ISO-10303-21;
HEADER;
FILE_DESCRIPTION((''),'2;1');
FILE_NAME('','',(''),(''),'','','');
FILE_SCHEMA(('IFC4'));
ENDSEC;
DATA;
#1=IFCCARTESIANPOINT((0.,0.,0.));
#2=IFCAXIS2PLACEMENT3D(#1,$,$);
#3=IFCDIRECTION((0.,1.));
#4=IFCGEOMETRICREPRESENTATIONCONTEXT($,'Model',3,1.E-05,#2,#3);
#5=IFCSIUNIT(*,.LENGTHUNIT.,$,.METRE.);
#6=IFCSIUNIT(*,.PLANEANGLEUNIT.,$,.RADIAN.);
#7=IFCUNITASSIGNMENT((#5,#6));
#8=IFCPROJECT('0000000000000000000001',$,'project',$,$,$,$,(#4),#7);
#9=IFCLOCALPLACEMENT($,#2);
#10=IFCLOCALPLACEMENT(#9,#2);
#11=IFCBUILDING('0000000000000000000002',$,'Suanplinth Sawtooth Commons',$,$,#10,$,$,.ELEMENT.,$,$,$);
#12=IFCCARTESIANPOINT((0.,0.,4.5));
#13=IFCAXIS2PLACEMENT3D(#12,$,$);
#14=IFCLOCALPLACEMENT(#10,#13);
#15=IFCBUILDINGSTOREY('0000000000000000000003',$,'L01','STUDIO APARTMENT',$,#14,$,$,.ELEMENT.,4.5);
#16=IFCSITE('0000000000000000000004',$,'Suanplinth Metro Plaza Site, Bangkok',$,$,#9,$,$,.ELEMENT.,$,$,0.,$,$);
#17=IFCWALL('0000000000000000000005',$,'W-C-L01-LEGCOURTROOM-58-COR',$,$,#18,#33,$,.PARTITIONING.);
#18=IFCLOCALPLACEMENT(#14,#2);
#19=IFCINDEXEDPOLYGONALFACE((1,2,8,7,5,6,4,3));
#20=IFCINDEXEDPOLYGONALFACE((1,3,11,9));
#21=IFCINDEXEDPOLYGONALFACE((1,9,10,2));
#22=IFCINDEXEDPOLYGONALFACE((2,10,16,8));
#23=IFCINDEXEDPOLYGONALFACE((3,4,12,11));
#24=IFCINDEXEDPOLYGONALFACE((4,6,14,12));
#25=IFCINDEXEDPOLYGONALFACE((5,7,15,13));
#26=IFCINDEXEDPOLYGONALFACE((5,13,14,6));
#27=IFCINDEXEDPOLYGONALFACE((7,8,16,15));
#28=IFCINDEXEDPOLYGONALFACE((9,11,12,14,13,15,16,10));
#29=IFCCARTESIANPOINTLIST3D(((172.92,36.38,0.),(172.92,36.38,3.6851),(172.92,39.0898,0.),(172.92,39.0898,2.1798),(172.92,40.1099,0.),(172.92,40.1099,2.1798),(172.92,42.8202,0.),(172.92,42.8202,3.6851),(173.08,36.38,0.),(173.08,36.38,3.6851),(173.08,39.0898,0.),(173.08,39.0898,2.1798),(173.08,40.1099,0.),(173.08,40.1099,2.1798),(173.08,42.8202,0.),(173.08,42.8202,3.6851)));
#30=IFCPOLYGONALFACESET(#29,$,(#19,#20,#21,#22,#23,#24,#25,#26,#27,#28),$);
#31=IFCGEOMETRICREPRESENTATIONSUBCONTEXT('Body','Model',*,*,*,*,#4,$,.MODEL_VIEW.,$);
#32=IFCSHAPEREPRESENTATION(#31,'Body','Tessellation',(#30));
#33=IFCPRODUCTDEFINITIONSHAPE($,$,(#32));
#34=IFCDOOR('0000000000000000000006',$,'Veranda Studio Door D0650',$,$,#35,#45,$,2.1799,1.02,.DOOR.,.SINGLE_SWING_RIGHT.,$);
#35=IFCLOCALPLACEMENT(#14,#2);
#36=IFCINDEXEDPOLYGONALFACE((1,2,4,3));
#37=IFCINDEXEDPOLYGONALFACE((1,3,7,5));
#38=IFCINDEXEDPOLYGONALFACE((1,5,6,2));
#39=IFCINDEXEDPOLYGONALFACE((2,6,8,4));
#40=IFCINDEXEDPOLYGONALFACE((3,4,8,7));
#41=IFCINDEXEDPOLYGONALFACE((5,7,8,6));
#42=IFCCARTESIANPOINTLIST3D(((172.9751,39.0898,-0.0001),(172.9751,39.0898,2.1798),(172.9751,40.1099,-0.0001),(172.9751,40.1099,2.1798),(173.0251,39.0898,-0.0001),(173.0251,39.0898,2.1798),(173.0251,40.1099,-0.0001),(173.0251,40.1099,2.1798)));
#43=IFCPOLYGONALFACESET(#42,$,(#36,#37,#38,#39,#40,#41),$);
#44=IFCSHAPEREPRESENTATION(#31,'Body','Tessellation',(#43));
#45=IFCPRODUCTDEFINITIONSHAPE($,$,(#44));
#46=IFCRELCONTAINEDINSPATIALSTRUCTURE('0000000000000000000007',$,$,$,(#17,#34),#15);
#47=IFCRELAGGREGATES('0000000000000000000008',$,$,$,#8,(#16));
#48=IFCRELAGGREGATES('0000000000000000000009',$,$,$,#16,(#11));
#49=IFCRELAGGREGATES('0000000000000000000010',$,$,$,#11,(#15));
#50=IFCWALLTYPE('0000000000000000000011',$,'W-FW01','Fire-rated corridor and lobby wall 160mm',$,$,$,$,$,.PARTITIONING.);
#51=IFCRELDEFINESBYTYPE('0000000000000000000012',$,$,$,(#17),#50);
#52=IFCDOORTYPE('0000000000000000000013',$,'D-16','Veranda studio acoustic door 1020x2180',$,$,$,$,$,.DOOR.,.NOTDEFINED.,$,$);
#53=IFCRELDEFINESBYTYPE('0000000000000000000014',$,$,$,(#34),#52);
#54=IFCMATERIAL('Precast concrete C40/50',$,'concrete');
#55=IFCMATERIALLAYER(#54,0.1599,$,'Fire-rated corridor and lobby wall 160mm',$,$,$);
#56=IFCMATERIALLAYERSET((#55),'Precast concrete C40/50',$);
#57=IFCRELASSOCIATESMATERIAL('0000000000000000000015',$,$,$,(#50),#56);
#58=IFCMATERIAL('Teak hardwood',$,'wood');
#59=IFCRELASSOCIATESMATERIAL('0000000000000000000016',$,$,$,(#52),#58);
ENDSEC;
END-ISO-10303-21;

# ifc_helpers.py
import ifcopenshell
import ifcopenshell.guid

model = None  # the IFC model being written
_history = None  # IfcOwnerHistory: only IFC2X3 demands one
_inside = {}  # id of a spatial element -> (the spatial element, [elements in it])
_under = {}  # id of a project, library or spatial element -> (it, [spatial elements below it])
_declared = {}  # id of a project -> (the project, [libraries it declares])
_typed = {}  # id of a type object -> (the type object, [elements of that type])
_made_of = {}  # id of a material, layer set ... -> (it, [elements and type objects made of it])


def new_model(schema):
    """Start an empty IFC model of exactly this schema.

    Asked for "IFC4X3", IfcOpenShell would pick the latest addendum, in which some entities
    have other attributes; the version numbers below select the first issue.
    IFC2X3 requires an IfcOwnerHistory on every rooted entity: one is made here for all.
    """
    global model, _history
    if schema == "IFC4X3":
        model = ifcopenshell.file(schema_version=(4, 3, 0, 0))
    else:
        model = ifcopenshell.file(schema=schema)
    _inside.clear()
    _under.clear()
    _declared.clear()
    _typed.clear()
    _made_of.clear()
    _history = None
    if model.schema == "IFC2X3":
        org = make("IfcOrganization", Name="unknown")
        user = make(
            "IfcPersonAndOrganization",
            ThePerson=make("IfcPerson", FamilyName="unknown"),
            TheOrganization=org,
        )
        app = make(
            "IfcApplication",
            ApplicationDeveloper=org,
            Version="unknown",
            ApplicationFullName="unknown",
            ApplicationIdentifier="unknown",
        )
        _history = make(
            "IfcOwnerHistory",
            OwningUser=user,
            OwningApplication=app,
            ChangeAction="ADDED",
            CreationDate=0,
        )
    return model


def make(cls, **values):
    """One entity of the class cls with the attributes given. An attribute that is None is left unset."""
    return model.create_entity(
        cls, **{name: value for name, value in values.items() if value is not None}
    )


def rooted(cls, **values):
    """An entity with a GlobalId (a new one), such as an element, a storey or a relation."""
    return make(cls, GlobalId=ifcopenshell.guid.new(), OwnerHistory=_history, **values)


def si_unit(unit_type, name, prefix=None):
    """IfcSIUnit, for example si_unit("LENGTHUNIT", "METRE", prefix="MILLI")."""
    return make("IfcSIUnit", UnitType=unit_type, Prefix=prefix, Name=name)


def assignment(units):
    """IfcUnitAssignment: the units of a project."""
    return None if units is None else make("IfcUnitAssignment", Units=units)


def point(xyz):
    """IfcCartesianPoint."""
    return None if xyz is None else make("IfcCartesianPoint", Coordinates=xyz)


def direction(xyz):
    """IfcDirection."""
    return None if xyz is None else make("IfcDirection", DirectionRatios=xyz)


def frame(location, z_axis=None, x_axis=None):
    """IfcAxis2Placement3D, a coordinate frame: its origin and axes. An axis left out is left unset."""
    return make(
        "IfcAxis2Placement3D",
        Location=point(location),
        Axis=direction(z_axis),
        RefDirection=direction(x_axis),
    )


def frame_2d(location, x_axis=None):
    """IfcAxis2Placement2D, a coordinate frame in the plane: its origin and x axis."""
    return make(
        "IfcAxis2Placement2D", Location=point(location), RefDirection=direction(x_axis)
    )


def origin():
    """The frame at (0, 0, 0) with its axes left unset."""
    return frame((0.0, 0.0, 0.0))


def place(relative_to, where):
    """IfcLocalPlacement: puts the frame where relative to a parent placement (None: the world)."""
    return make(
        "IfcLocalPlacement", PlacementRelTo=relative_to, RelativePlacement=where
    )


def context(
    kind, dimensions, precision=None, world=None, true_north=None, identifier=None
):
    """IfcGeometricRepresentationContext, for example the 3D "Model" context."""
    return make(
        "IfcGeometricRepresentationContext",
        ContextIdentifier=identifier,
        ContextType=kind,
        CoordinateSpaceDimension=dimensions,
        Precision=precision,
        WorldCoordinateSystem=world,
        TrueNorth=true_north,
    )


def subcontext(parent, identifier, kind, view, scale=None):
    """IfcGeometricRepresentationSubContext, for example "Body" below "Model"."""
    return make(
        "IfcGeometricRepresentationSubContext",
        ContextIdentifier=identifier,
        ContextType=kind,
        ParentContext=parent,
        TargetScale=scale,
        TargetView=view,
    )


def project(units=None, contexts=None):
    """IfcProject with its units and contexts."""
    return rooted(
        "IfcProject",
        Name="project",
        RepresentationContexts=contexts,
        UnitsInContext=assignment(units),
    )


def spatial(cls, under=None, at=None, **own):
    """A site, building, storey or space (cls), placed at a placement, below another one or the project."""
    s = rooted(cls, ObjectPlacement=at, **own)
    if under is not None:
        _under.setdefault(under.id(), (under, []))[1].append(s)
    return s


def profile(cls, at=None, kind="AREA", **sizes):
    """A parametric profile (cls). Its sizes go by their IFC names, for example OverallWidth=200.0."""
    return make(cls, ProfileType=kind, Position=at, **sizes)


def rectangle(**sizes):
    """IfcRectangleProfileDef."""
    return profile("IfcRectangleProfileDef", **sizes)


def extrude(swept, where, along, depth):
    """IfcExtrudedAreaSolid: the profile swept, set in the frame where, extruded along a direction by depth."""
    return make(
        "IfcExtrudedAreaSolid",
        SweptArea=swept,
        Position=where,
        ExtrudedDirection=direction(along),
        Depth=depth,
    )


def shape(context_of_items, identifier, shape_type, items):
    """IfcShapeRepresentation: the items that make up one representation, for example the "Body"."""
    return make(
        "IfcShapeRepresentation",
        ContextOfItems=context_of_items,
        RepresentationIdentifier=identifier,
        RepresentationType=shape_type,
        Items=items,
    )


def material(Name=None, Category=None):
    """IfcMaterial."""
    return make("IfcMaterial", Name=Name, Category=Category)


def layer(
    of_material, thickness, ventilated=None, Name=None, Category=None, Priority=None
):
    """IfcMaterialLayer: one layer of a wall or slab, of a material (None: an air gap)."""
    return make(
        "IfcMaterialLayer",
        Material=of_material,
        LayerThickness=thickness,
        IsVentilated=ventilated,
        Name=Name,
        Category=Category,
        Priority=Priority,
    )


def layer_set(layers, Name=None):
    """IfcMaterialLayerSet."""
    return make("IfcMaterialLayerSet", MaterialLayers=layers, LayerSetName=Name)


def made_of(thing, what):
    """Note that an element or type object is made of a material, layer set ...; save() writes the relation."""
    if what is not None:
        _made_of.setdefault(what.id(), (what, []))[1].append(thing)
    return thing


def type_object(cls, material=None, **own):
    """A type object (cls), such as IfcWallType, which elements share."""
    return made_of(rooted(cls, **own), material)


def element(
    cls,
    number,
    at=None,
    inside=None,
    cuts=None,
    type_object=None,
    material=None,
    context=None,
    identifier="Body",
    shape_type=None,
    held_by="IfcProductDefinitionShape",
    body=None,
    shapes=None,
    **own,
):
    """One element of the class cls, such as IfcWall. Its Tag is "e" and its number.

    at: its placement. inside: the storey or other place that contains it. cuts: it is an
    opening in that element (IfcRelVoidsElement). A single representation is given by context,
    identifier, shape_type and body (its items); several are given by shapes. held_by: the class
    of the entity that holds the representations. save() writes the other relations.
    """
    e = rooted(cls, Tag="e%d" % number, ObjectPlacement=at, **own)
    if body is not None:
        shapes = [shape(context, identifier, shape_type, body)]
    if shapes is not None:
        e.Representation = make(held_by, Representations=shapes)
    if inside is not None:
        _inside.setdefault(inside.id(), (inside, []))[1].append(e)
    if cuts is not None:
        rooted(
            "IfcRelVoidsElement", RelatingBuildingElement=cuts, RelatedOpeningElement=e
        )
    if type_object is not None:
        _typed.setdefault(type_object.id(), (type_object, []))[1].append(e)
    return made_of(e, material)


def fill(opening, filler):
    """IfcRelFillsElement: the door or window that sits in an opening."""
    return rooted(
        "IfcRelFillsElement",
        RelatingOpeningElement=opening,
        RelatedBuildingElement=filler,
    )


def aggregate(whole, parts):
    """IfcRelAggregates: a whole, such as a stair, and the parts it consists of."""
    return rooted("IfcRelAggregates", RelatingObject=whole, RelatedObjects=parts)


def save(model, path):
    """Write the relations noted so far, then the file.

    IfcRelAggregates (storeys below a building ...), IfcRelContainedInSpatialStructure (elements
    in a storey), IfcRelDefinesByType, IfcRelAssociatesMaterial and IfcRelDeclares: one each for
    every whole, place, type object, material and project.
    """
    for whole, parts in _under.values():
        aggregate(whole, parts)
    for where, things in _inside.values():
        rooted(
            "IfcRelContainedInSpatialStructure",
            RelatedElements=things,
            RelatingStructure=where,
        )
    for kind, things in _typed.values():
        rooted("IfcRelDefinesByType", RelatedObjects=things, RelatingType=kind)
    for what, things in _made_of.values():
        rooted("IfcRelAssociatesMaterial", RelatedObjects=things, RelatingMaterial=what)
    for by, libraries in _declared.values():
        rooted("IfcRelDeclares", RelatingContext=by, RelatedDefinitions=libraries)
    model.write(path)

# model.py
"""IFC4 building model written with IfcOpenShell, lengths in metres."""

from ifc_helpers import new_model, si_unit, direction, frame, frame_2d, origin, place, context, subcontext, project, spatial, rectangle, extrude, material, layer, layer_set, type_object, element, fill, save


model = new_model("IFC4")

# Units and contexts
model_context = context("Model", 3, precision=1e-05, world=origin(), true_north=direction((0.0, 1.0)))
body_context = subcontext(model_context, "Body", "Model", "MODEL_VIEW")
ifc_project = project(units=[si_unit("LENGTHUNIT", "METRE"), si_unit("PLANEANGLEUNIT", "RADIAN")], contexts=[model_context])

# Site, building, storey
site_placement = place(None, origin())
site = spatial("IfcSite", under=ifc_project, at=site_placement, Name="Suanplinth Metro Plaza Site, Bangkok", CompositionType="ELEMENT", RefElevation=0.0)
building_placement = place(site_placement, origin())
building = spatial("IfcBuilding", under=site, at=building_placement, Name="Suanplinth Sawtooth Commons", CompositionType="ELEMENT")
storey_placement = place(building_placement, frame((0.0, 0.0, 4.5)))
storey = spatial("IfcBuildingStorey", under=building, at=storey_placement, Name="L01", Description="STUDIO APARTMENT", CompositionType="ELEMENT", Elevation=4.5)

# Shared definitions
ifc_material_1 = material(Name="Precast concrete C40/50", Category="concrete")

# Wall, opening, door
ifc_layer_1 = layer(ifc_material_1, 0.1599, Name="Fire-rated corridor and lobby wall 160mm")
ifc_layer_set_1 = layer_set([ifc_layer_1], Name="Precast concrete C40/50")
wall_type_1 = type_object("IfcWallType", Name="W-FW01", Description="Fire-rated corridor and lobby wall 160mm", PredefinedType="PARTITIONING", material=ifc_layer_set_1)
ifc_material_2 = material(Name="Teak hardwood", Category="wood")
door_type_1 = type_object("IfcDoorType", Name="D-16", Description="Veranda studio acoustic door 1020x2180", OperationType="NOTDEFINED", PredefinedType="DOOR", material=ifc_material_2)
wall_1_placement = place(storey_placement, frame((173.0, 36.3799, 0.0), z_axis=(0.0, 0.0, 1.0), x_axis=(0.0, 1.0, 0.0)))
wall_1 = element("IfcWall", 1, at=wall_1_placement, inside=storey, type_object=wall_type_1, Name="W-C-L01-LEGCOURTROOM-58-COR", PredefinedType="PARTITIONING", context=body_context, shape_type="SweptSolid", body=[
    extrude(rectangle(XDim=6.4402, YDim=0.1599, at=frame_2d((3.2202, 0.0))), origin(), (0.0, 0.0, 1.0), 3.6851),
])
opening_1_placement = place(wall_1_placement, frame((2.71, 0.0, 0.0)))
opening_1 = element("IfcOpeningElement", 2, at=opening_1_placement, cuts=wall_1, PredefinedType="OPENING", context=body_context, shape_type="SweptSolid", body=[
    extrude(rectangle(XDim=1.02, YDim=2.1799, at=frame_2d((0.51, 1.0898))), frame((0.0, 0.0947, 0.0), z_axis=(0.0, -1.0, 0.0), x_axis=(1.0, 0.0, 0.0)), (0.0, 0.0, 1.0), 0.1897),
])
door_1_placement = place(opening_1_placement, origin())
door_1 = element("IfcDoor", 3, at=door_1_placement, inside=storey, type_object=door_type_1, Name="Veranda Studio Door D0650", OperationType="SINGLE_SWING_RIGHT", OverallHeight=2.1799, OverallWidth=1.02, PredefinedType="DOOR", context=body_context, shape_type="SweptSolid", body=[
    extrude(rectangle(XDim=1.02, YDim=2.1799, at=frame_2d((0.51, 1.0898))), frame((0.0, 0.0249, 0.0), z_axis=(0.0, -1.0, 0.0), x_axis=(1.0, 0.0, 0.0)), (0.0, 0.0, 1.0), 0.05),
])
fill(opening_1, door_1)

save(model, "model.ifc")
